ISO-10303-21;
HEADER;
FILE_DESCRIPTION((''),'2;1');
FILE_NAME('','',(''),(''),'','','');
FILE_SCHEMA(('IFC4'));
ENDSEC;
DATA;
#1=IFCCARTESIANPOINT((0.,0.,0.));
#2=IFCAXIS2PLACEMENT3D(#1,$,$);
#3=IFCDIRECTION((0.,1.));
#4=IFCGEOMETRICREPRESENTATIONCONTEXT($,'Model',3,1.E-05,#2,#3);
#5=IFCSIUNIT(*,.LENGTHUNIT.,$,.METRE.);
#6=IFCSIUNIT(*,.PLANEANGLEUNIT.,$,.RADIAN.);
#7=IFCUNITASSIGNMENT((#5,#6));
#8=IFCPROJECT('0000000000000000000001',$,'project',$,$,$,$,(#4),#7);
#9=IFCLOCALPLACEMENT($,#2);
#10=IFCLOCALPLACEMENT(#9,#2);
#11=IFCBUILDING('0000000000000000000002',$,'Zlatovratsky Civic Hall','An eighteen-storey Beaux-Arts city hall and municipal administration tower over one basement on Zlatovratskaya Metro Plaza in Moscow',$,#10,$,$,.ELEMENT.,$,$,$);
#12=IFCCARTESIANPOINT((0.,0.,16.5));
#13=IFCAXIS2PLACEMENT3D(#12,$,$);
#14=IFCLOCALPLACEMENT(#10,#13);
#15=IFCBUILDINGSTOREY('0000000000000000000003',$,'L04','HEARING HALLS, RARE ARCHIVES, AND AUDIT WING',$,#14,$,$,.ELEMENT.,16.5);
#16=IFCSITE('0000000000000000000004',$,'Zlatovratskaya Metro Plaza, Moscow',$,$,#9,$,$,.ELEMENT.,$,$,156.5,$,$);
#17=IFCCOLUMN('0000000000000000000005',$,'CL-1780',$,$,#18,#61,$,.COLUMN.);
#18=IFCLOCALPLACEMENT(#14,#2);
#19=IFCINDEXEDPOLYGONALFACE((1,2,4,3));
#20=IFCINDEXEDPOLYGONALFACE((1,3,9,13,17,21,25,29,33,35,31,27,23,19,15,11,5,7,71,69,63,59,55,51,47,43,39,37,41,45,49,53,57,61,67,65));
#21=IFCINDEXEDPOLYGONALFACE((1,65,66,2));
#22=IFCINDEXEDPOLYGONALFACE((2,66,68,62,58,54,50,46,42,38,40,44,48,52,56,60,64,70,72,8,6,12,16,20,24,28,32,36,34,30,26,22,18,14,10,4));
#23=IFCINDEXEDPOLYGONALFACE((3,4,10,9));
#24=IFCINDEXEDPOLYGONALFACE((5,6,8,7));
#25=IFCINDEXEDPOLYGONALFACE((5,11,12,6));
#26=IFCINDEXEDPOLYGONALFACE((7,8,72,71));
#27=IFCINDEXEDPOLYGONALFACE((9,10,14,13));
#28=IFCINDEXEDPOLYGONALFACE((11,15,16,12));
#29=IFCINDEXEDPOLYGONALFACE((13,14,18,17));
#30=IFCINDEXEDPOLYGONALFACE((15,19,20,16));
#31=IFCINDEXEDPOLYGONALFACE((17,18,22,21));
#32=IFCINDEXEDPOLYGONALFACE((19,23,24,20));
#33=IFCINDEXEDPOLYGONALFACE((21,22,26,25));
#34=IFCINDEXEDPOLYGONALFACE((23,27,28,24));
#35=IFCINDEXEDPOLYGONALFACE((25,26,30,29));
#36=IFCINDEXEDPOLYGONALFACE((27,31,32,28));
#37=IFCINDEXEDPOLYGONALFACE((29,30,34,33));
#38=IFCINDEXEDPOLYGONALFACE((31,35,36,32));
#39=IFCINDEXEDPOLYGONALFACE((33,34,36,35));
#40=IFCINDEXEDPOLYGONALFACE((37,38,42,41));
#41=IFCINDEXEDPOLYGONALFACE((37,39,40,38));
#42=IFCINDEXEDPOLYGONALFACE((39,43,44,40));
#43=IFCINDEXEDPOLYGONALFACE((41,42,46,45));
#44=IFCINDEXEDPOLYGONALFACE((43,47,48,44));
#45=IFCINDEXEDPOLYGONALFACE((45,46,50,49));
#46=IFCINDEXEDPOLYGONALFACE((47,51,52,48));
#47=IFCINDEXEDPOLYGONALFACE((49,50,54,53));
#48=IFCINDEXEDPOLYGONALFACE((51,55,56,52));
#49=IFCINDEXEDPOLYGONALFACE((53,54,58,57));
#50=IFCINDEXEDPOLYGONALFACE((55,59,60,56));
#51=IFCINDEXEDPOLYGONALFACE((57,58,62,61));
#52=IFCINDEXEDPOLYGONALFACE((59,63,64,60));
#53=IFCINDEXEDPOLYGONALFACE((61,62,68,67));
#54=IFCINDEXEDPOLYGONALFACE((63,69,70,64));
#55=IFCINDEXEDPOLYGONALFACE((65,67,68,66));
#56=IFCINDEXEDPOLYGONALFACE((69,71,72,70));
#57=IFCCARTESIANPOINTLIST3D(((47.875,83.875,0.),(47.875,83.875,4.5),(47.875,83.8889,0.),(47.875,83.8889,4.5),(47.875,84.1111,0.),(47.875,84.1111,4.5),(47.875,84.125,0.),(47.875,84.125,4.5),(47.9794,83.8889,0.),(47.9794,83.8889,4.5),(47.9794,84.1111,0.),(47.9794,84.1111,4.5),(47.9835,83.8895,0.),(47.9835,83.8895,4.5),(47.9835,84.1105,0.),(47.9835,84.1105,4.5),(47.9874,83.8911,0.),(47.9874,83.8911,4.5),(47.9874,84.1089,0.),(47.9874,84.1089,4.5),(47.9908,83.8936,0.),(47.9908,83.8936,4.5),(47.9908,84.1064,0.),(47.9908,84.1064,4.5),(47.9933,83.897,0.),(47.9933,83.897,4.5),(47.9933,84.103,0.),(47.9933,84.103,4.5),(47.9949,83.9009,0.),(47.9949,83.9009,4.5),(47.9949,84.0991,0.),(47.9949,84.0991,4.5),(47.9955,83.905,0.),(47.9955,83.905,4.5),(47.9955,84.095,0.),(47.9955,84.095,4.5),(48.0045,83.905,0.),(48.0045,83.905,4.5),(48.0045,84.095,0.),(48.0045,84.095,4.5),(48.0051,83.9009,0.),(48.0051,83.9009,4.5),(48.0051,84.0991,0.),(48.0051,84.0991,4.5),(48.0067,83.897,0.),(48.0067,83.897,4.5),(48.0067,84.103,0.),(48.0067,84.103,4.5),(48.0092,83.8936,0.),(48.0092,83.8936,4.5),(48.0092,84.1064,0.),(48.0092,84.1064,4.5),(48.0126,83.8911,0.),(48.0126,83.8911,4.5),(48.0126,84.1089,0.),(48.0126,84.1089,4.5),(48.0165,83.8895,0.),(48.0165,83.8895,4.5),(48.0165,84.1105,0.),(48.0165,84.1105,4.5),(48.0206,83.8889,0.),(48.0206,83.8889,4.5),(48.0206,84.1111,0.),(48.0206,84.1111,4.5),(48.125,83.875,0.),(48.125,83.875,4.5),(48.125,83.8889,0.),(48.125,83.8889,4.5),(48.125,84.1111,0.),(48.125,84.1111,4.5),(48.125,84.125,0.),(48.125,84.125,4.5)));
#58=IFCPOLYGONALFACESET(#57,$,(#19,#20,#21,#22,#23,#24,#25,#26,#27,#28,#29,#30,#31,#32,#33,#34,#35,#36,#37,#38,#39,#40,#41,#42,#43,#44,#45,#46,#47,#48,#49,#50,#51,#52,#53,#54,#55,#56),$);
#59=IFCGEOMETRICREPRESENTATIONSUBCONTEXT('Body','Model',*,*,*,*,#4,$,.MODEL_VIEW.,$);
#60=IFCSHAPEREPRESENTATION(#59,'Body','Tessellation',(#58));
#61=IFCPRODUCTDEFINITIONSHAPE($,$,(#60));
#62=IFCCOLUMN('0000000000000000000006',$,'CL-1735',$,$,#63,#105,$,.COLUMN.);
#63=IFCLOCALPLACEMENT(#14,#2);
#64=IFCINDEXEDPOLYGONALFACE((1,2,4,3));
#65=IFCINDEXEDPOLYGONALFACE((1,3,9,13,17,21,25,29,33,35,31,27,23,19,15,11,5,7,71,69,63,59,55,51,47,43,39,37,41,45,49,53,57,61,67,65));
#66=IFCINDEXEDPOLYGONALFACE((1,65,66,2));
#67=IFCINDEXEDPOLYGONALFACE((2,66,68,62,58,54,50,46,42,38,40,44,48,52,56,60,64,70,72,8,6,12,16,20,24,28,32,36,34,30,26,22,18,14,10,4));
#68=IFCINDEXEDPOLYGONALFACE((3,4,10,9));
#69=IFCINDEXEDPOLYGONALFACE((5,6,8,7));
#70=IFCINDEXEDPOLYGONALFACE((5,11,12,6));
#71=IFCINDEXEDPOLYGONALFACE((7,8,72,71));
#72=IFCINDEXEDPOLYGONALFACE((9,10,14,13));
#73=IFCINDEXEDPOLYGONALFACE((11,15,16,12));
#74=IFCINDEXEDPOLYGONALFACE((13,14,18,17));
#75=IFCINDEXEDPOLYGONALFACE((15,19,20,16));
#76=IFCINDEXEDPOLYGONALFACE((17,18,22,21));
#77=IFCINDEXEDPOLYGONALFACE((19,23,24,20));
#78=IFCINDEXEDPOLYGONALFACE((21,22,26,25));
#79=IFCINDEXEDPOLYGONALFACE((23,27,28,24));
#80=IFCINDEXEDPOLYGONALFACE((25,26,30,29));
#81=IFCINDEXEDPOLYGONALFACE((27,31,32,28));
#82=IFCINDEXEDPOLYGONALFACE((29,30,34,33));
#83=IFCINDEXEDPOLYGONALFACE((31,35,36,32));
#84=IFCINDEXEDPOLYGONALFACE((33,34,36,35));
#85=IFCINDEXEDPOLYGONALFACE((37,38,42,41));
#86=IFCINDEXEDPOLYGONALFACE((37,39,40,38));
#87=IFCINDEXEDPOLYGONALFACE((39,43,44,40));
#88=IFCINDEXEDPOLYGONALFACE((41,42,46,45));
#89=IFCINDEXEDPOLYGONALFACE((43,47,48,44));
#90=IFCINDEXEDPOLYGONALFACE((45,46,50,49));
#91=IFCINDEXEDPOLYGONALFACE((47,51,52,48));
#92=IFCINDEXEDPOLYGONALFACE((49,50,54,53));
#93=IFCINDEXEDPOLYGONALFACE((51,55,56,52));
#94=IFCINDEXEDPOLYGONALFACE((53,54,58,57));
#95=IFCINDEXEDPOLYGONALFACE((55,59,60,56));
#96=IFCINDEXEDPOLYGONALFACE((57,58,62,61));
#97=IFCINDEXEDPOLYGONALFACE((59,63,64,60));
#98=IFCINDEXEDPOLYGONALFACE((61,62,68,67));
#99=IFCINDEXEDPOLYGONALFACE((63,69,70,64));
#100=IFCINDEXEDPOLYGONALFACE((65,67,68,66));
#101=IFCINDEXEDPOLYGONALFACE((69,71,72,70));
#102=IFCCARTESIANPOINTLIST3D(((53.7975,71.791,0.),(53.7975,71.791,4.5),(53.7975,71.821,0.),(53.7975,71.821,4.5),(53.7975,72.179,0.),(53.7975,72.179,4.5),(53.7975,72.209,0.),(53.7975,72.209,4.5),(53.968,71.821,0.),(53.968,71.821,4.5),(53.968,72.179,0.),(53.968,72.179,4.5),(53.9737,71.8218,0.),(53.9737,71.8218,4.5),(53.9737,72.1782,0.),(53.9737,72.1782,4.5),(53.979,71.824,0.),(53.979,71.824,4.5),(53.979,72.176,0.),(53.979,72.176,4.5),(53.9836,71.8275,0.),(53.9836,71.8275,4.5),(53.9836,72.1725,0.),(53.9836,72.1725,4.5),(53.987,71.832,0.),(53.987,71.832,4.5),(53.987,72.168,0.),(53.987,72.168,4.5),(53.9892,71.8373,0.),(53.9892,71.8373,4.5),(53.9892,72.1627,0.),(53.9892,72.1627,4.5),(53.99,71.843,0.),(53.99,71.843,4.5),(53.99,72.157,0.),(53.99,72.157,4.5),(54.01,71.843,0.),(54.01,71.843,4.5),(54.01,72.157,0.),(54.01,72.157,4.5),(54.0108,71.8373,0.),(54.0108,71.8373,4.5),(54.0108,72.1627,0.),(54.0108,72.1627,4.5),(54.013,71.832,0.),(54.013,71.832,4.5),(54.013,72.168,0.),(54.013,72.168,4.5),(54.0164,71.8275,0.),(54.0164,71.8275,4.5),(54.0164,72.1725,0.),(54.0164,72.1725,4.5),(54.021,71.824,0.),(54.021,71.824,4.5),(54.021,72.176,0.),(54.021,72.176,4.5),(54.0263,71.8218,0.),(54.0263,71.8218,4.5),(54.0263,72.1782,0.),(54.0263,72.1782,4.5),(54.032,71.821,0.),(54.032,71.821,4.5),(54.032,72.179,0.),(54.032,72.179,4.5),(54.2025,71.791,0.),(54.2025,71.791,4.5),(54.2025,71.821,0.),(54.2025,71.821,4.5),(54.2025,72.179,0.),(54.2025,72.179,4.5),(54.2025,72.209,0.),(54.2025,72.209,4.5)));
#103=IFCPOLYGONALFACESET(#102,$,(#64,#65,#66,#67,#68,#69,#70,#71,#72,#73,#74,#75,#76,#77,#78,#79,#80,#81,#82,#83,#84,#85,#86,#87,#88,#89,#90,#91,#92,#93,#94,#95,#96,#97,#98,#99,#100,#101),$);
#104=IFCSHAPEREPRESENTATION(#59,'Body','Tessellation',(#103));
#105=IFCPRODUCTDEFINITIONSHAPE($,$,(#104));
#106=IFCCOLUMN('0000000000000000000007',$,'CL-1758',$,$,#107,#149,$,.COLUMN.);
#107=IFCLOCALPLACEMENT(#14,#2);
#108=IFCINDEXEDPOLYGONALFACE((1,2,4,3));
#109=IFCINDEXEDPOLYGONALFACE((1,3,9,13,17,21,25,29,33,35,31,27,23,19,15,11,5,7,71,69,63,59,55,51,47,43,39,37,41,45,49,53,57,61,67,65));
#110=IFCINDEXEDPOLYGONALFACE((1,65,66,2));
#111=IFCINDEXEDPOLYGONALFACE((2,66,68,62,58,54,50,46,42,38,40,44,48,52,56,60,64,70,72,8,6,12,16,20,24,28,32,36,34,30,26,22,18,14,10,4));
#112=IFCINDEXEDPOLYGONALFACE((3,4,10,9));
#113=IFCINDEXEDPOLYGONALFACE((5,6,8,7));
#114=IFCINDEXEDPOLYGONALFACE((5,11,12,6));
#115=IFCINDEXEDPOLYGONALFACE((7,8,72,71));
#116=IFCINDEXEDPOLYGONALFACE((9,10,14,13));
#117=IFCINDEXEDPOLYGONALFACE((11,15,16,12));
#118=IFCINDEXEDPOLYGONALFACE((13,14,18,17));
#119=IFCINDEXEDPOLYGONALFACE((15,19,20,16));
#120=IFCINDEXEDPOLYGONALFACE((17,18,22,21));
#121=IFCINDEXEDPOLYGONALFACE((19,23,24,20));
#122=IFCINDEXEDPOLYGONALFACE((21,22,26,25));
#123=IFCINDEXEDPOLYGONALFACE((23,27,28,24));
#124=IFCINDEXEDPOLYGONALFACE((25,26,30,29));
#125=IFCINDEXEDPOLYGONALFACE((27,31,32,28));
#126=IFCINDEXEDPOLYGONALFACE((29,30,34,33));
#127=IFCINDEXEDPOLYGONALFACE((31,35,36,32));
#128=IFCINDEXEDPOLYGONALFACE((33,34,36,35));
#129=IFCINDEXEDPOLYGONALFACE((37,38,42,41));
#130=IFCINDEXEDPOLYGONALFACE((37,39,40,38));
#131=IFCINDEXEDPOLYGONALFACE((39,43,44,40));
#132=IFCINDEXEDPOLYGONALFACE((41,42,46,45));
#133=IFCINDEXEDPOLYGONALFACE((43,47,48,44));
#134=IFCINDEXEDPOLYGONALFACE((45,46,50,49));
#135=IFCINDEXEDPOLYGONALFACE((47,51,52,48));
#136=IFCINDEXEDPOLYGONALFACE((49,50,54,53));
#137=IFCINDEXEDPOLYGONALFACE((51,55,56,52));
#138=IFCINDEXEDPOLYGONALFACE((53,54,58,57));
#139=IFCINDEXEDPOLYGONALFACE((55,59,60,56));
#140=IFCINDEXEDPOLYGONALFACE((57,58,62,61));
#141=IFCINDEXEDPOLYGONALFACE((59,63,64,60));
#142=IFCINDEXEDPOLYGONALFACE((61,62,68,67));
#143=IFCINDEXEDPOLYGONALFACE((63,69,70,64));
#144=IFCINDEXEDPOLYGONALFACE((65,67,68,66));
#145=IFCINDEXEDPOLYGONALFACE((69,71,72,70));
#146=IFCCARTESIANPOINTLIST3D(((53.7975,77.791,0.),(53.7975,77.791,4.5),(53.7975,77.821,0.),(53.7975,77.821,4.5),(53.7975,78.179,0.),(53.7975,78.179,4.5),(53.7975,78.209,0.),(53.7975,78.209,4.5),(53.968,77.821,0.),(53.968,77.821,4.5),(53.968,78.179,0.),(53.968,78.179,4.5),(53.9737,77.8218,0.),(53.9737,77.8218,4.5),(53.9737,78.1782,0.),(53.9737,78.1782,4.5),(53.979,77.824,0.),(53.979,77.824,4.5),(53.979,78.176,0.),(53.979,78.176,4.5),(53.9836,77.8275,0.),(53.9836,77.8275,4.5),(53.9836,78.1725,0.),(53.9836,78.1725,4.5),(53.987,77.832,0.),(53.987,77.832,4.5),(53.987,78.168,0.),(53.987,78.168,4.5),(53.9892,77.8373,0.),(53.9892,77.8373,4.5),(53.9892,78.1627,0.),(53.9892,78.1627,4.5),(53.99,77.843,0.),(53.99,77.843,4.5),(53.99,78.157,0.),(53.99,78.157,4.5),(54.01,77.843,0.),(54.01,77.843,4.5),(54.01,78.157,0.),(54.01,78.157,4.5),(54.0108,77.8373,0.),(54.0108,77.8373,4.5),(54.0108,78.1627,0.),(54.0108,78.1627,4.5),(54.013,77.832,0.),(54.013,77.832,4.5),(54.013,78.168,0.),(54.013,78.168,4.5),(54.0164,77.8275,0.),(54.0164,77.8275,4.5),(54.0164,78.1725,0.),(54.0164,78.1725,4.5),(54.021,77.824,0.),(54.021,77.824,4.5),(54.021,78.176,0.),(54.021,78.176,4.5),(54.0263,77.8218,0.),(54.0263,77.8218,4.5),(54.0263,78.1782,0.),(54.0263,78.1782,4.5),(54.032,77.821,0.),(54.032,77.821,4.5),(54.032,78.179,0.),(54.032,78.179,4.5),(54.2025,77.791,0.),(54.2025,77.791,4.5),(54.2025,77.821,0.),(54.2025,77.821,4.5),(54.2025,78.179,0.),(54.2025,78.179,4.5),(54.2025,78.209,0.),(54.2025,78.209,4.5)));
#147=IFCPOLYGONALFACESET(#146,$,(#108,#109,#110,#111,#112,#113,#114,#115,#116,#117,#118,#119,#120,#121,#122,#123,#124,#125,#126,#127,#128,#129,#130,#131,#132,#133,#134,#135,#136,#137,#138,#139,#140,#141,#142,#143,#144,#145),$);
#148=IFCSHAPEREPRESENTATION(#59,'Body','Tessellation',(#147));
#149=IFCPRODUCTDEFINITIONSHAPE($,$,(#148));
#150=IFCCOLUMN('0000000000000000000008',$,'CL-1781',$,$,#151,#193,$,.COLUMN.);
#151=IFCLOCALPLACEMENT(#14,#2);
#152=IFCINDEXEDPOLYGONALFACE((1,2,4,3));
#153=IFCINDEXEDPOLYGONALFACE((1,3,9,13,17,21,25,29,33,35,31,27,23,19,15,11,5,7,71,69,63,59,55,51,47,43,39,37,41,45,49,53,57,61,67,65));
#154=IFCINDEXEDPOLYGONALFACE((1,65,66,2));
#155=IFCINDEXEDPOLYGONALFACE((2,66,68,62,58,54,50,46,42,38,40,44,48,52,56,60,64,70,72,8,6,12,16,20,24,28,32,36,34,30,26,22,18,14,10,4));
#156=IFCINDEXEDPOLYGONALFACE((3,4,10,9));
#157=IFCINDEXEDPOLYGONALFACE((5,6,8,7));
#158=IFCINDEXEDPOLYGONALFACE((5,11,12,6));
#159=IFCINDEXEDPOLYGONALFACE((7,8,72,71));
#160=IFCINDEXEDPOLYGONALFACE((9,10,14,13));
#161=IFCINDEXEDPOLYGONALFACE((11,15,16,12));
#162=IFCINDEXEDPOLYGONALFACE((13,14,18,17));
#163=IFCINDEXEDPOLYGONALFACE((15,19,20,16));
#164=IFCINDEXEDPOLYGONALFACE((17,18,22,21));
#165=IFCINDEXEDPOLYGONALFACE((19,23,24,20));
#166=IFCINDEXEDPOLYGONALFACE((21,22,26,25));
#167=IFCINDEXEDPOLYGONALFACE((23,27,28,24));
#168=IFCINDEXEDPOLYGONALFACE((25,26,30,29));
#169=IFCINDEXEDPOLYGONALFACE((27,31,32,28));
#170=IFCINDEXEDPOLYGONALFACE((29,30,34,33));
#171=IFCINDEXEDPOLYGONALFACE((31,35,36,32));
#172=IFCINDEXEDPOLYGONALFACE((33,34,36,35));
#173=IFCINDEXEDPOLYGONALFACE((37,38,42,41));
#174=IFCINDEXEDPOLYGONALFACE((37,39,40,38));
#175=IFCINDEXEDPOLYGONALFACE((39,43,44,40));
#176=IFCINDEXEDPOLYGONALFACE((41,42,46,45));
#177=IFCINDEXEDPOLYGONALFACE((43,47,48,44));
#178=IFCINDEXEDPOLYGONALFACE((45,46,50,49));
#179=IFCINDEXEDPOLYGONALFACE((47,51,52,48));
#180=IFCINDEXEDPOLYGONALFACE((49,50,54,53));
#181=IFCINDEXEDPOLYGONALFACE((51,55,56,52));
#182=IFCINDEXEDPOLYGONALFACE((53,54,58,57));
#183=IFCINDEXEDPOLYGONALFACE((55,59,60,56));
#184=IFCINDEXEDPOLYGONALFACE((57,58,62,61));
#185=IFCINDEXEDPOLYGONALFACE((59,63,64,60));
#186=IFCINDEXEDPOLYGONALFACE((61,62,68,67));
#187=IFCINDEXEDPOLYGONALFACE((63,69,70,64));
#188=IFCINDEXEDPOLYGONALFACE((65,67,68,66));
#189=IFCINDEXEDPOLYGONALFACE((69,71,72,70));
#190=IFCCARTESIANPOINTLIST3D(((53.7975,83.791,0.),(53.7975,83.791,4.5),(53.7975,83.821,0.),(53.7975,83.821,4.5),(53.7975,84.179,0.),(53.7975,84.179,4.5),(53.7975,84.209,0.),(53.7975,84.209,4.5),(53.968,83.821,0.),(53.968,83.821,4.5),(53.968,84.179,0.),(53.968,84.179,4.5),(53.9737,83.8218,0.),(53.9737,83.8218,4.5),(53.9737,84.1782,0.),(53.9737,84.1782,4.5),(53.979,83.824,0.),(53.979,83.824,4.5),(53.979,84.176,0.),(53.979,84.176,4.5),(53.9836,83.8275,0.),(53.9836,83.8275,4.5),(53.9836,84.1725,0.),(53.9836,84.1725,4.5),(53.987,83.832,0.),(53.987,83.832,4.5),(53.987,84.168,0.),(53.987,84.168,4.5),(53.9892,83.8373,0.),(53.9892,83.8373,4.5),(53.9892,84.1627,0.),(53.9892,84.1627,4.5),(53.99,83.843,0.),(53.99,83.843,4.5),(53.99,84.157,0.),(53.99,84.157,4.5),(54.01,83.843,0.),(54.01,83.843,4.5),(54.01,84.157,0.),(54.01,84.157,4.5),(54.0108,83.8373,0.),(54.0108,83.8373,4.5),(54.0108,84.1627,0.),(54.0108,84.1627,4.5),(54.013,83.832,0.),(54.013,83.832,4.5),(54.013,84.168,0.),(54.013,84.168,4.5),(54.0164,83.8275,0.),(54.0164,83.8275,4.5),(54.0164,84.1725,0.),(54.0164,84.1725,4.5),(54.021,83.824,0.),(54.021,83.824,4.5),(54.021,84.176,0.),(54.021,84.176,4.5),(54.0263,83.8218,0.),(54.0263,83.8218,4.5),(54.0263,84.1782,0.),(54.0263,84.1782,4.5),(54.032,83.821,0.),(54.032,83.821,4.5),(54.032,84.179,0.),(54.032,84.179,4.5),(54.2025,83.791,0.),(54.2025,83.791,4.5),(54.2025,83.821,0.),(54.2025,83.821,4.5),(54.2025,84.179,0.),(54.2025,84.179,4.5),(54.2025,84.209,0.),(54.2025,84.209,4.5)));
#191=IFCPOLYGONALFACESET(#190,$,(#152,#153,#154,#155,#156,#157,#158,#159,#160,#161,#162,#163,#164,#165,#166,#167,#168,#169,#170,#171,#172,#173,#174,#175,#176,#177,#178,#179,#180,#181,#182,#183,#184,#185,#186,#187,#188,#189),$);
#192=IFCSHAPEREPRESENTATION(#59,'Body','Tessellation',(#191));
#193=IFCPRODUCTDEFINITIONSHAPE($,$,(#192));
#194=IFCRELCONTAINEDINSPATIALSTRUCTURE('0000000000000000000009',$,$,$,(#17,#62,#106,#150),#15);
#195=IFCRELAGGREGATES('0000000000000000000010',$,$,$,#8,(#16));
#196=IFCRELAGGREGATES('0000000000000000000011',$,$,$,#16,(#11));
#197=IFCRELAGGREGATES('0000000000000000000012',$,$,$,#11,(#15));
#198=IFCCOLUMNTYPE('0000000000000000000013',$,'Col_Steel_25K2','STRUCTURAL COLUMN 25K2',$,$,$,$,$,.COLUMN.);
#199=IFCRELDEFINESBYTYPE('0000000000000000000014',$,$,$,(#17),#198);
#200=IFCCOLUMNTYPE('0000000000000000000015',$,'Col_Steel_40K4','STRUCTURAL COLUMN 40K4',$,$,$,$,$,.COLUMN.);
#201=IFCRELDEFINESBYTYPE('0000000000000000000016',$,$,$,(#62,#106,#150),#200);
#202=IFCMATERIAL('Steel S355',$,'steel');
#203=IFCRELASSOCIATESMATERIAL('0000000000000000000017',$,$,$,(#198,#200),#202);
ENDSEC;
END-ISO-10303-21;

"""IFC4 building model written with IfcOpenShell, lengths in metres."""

from ifc_helpers import new_model, si_unit, direction, frame, origin, origin_2d, place, context, subcontext, project, spatial, i_section, extrude, material, material_profile, profile_set, type_object, element, save


model = new_model("IFC4")

# Units and contexts
model_context = context("Model", 3, precision=1e-05, world=origin(), true_north=direction((0.0, 1.0)))
body_context = subcontext(model_context, "Body", "Model", "MODEL_VIEW")
ifc_project = project(units=[si_unit("LENGTHUNIT", "METRE"), si_unit("PLANEANGLEUNIT", "RADIAN")], contexts=[model_context])

# Site, building, storey
site_placement = place(None, origin())
site = spatial("IfcSite", under=ifc_project, at=site_placement, Name="Zlatovratskaya Metro Plaza, Moscow", CompositionType="ELEMENT", RefElevation=156.5)
building_placement = place(site_placement, origin())
building = spatial("IfcBuilding", under=site, at=building_placement, Name="Zlatovratsky Civic Hall", Description="An eighteen-storey Beaux-Arts city hall and municipal administration tower over one basement on Zlatovratskaya Metro Plaza in Moscow", CompositionType="ELEMENT")
storey_placement = place(building_placement, frame((0.0, 0.0, 16.5)))
storey = spatial("IfcBuildingStorey", under=building, at=storey_placement, Name="L04", Description="HEARING HALLS, RARE ARCHIVES, AND AUDIT WING", CompositionType="ELEMENT", Elevation=16.5)

# Columns
ifc_material_1 = material(Name="Steel S355", Category="steel")
ifc_material_profile_1 = material_profile(ifc_material_1, i_section(OverallWidth=0.25, OverallDepth=0.25, WebThickness=0.009, FlangeThickness=0.0139, FilletRadius=0.0161, at=origin_2d()), Name="25K2")
ifc_profile_set_1 = profile_set([ifc_material_profile_1], Name="Steel S355")
column_type_1 = type_object("IfcColumnType", Name="Col_Steel_25K2", Description="STRUCTURAL COLUMN 25K2", PredefinedType="COLUMN", material=ifc_profile_set_1)
for number, where, z_axis, x_axis, name in (
    (1, (48.0, 84.0, 0.0), (0.0, 0.0, 1.0), (1.0, 0.0, 0.0), "CL-1780"),
):
    element("IfcColumn", number, at=place(storey_placement, frame(where, z_axis=z_axis, x_axis=x_axis)), inside=storey, type_object=column_type_1, Name=name, PredefinedType="COLUMN", context=body_context, shape_type="SweptSolid", body=[
        extrude(i_section(OverallWidth=0.25, OverallDepth=0.25, WebThickness=0.009, FlangeThickness=0.0139, FilletRadius=0.0161, at=origin_2d()), origin(), (0.0, 0.0, 1.0), 4.5),
    ])
ifc_material_profile_2 = material_profile(ifc_material_1, i_section(OverallWidth=0.405, OverallDepth=0.418, WebThickness=0.02, FlangeThickness=0.03, FilletRadius=0.022, at=origin_2d()), Name="40K4")
ifc_profile_set_2 = profile_set([ifc_material_profile_2], Name="Steel S355")
column_type_2 = type_object("IfcColumnType", Name="Col_Steel_40K4", Description="STRUCTURAL COLUMN 40K4", PredefinedType="COLUMN", material=ifc_profile_set_2)
for number, where, z_axis, x_axis, name in (
    (2, (54.0, 72.0, 0.0), (0.0, 0.0, 1.0), (1.0, 0.0, 0.0), "CL-1735"),
    (3, (54.0, 78.0, 0.0), (0.0, 0.0, 1.0), (1.0, 0.0, 0.0), "CL-1758"),
    (4, (54.0, 84.0, 0.0), (0.0, 0.0, 1.0), (1.0, 0.0, 0.0), "CL-1781"),
):
    element("IfcColumn", number, at=place(storey_placement, frame(where, z_axis=z_axis, x_axis=x_axis)), inside=storey, type_object=column_type_2, Name=name, PredefinedType="COLUMN", context=body_context, shape_type="SweptSolid", body=[
        extrude(i_section(OverallWidth=0.405, OverallDepth=0.418, WebThickness=0.02, FlangeThickness=0.03, FilletRadius=0.022, at=origin_2d()), origin(), (0.0, 0.0, 1.0), 4.5),
    ])

save(model, "model.ifc")
